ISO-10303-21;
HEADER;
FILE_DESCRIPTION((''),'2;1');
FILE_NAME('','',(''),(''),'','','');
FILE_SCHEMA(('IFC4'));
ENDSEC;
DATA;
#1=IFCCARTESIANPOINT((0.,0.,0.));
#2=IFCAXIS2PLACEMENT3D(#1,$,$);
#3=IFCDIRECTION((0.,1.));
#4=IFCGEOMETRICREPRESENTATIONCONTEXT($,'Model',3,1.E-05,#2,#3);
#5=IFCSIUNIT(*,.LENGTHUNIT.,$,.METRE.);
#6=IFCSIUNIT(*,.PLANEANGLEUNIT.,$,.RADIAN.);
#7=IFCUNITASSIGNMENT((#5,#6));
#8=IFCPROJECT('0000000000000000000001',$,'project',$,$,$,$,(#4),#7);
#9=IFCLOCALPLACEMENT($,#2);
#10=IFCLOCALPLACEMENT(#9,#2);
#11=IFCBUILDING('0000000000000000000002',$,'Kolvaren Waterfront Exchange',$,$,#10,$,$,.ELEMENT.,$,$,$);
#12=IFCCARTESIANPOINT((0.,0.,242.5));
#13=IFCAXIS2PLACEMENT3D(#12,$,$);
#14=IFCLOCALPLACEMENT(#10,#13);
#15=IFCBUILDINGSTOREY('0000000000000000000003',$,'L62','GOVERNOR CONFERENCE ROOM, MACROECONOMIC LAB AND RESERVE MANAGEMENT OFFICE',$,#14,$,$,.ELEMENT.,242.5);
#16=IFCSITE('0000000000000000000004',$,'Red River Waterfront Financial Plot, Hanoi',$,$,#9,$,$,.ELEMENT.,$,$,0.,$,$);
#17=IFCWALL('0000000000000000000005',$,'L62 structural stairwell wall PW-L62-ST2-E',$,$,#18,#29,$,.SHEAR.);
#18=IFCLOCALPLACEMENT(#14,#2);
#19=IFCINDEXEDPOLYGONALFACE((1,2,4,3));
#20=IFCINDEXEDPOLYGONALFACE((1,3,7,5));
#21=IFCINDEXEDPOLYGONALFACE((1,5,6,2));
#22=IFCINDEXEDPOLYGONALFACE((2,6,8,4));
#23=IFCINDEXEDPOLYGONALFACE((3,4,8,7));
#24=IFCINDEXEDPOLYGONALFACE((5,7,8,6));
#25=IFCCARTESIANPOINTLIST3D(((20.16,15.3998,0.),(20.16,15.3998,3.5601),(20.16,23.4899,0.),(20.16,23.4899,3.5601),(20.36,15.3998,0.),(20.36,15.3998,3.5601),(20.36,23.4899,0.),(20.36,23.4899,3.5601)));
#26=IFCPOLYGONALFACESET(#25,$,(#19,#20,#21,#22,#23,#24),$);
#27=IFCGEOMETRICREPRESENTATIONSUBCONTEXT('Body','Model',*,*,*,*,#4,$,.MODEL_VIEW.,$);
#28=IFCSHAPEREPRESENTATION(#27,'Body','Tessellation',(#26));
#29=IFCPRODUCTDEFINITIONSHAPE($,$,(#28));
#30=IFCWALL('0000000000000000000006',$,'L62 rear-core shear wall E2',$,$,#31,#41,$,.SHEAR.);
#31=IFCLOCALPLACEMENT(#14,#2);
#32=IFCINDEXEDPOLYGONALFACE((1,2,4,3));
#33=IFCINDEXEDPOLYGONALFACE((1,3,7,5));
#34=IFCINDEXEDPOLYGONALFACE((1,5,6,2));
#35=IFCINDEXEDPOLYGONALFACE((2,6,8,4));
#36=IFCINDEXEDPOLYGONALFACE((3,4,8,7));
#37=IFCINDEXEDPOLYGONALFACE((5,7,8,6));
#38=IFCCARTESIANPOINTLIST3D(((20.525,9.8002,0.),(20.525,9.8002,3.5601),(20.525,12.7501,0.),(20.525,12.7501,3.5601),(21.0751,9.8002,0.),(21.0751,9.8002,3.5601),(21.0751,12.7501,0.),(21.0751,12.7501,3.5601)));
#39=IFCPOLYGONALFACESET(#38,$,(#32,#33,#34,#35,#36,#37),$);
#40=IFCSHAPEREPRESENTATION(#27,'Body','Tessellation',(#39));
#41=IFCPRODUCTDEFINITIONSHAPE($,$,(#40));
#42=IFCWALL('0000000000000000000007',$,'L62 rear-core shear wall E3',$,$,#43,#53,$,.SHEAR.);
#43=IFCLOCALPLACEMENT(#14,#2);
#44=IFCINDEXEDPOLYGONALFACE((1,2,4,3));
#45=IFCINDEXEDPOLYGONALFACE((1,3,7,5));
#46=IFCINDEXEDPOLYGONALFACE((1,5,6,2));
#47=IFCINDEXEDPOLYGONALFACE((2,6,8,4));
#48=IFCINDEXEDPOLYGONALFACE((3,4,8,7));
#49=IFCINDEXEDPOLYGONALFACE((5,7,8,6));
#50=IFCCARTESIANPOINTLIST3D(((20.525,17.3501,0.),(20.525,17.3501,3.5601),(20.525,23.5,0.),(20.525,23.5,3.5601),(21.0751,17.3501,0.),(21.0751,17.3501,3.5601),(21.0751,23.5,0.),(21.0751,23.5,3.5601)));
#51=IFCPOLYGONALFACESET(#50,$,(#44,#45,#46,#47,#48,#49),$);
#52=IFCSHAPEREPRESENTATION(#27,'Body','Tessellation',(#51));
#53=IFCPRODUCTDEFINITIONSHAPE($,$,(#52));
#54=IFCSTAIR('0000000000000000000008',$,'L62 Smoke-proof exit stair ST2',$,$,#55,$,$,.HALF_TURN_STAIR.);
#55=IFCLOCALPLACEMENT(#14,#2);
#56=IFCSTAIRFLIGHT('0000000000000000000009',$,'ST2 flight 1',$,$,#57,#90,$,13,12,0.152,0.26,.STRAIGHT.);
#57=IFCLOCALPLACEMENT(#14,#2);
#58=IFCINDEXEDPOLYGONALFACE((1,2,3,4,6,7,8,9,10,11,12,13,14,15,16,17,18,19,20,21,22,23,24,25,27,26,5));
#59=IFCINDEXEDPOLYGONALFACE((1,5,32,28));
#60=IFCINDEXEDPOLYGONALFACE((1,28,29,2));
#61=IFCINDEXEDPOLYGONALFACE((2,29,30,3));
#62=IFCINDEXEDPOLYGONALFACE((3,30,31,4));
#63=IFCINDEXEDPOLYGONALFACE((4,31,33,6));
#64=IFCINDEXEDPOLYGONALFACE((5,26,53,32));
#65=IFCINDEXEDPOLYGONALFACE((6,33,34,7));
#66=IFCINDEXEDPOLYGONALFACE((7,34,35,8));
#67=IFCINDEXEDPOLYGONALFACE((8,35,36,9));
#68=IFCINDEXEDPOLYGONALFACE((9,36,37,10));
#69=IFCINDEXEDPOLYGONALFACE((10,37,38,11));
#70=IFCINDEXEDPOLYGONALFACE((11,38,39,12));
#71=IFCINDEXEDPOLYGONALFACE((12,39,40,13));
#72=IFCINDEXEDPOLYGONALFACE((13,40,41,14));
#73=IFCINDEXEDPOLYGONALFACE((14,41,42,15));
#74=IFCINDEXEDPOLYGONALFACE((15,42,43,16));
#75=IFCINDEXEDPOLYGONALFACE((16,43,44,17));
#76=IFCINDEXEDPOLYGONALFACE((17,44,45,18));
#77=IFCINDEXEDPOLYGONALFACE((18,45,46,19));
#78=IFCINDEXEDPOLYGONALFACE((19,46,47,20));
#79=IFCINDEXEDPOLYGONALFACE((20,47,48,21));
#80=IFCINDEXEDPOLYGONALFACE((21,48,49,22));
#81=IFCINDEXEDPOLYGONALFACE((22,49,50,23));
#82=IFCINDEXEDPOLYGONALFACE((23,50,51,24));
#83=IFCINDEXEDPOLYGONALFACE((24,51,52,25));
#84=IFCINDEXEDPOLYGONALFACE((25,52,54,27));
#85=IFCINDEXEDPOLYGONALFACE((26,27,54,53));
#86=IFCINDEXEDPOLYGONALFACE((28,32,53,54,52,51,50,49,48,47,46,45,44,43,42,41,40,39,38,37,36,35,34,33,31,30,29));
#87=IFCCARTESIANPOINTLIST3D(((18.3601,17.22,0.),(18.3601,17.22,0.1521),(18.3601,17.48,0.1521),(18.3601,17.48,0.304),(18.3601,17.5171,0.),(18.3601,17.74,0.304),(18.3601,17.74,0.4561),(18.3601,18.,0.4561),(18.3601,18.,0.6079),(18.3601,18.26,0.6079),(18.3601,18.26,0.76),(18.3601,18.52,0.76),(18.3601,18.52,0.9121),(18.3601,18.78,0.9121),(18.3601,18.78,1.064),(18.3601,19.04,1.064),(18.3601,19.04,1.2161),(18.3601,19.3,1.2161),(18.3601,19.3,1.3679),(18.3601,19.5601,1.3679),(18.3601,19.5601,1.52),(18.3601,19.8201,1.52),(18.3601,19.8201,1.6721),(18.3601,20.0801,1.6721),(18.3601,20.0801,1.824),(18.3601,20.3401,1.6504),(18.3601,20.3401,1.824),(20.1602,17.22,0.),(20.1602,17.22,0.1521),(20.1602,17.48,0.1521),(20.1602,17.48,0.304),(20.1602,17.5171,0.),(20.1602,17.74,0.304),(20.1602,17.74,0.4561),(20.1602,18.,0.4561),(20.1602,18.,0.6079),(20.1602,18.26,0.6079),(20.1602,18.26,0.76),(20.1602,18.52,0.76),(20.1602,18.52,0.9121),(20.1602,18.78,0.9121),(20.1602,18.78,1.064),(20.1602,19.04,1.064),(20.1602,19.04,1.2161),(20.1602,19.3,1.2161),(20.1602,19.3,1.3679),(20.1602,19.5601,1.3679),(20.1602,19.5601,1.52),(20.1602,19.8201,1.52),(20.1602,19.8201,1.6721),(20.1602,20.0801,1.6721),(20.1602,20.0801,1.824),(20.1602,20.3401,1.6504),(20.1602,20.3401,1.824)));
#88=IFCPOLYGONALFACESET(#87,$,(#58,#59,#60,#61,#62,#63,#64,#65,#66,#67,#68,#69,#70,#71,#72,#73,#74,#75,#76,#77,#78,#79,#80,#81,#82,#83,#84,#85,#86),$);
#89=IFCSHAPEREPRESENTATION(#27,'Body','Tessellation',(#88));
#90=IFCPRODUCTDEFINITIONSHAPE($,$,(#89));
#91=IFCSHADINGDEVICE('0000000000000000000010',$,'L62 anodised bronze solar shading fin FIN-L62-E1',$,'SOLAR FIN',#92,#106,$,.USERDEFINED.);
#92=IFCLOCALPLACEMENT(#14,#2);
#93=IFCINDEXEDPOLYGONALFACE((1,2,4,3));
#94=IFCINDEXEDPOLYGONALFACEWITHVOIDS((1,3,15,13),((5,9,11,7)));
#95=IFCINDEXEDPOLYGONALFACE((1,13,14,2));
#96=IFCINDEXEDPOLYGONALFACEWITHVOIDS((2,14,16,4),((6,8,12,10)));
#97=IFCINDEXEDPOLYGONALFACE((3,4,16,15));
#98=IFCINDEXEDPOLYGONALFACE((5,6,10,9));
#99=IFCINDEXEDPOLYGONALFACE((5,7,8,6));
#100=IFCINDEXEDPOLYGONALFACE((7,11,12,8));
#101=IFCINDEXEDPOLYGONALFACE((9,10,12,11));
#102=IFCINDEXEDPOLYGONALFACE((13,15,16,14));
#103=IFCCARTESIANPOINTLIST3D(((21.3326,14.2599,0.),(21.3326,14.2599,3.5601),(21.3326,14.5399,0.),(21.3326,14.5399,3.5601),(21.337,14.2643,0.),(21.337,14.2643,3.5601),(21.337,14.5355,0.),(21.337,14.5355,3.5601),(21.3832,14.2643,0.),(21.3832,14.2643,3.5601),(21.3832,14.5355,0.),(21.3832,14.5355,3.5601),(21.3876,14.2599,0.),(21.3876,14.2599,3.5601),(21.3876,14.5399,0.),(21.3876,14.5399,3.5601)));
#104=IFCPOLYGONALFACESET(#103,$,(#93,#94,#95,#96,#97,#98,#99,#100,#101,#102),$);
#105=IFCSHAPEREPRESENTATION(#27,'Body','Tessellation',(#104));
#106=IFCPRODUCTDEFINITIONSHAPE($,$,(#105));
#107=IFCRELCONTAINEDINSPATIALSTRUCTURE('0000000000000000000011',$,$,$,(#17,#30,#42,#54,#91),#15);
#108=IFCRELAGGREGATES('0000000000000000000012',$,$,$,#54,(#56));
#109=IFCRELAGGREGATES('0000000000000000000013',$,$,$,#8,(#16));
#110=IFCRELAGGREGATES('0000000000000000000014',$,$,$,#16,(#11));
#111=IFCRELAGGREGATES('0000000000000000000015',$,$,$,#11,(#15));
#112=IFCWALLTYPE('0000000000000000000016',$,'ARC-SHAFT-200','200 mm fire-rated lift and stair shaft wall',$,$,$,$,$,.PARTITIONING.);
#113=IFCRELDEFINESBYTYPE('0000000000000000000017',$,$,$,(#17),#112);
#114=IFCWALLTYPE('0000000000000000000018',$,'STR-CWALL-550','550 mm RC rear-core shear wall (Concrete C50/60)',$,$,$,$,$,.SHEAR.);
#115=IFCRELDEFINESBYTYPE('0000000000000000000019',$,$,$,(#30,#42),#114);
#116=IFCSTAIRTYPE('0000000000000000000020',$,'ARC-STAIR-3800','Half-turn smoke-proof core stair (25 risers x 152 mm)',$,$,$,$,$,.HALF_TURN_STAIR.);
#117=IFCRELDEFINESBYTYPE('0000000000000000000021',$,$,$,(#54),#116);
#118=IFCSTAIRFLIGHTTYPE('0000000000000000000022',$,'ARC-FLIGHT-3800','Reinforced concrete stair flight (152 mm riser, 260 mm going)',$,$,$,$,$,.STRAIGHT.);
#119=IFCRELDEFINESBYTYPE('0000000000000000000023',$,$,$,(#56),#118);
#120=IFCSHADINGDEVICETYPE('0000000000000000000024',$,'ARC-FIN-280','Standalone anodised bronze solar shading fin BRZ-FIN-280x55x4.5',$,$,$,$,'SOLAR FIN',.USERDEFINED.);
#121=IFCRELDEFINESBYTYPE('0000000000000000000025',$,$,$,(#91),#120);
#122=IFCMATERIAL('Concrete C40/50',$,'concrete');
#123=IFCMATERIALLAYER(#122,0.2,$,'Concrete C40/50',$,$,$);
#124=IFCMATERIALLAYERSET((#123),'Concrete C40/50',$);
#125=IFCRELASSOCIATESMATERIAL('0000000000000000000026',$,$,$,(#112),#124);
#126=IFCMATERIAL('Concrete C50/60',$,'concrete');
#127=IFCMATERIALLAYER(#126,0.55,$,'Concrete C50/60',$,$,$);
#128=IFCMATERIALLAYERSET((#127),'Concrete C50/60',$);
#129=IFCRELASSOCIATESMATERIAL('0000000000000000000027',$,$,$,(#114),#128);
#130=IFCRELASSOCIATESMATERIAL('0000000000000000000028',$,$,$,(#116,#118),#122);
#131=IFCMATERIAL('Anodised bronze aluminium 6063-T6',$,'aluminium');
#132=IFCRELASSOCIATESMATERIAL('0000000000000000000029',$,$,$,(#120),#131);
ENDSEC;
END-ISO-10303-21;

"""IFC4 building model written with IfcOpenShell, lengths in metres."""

from ifc_helpers import new_model, si_unit, direction, frame, frame_2d, origin, origin_2d, place, context, subcontext, project, spatial, polyline, rectangle, hollow_rectangle, outline, extrude, material, layer, layer_set, material_profile, profile_set, type_object, element, aggregate, save


model = new_model("IFC4")

# Units and contexts
model_context = context("Model", 3, precision=1e-05, world=origin(), true_north=direction((0.0, 1.0)))
body_context = subcontext(model_context, "Body", "Model", "MODEL_VIEW")
ifc_project = project(units=[si_unit("LENGTHUNIT", "METRE"), si_unit("PLANEANGLEUNIT", "RADIAN")], contexts=[model_context])

# Site, building, storey
site_placement = place(None, origin())
site = spatial("IfcSite", under=ifc_project, at=site_placement, Name="Red River Waterfront Financial Plot, Hanoi", CompositionType="ELEMENT", RefElevation=0.0)
building_placement = place(site_placement, origin())
building = spatial("IfcBuilding", under=site, at=building_placement, Name="Kolvaren Waterfront Exchange", CompositionType="ELEMENT")
storey_placement = place(building_placement, frame((0.0, 0.0, 242.5)))
storey = spatial("IfcBuildingStorey", under=building, at=storey_placement, Name="L62", Description="GOVERNOR CONFERENCE ROOM, MACROECONOMIC LAB AND RESERVE MANAGEMENT OFFICE", CompositionType="ELEMENT", Elevation=242.5)

# Shared definitions
ifc_material_1 = material(Name="Concrete C50/60", Category="concrete")

# Walls
ifc_material_2 = material(Name="Concrete C40/50", Category="concrete")
ifc_layer_1 = layer(ifc_material_2, 0.2, Name="Concrete C40/50")
ifc_layer_set_1 = layer_set([ifc_layer_1], Name="Concrete C40/50")
wall_type_1 = type_object("IfcWallType", Name="ARC-SHAFT-200", Description="200 mm fire-rated lift and stair shaft wall", PredefinedType="PARTITIONING", material=ifc_layer_set_1)
wall_1_placement = place(storey_placement, frame((20.26, 15.3999, 0.0), z_axis=(0.0, 0.0, 1.0), x_axis=(0.0, 1.0, 0.0)))
element("IfcWall", 1, at=wall_1_placement, inside=storey, type_object=wall_type_1, Name="L62 structural stairwell wall PW-L62-ST2-E", PredefinedType="SHEAR", context=body_context, shape_type="SweptSolid", body=[
    extrude(rectangle(XDim=8.0901, YDim=0.2, at=frame_2d((4.0449, 0.0))), origin(), (0.0, 0.0, 1.0), 3.5601),
])
ifc_layer_2 = layer(ifc_material_1, 0.55, Name="Concrete C50/60")
ifc_layer_set_2 = layer_set([ifc_layer_2], Name="Concrete C50/60")
wall_type_2 = type_object("IfcWallType", Name="STR-CWALL-550", Description="550 mm RC rear-core shear wall (Concrete C50/60)", PredefinedType="SHEAR", material=ifc_layer_set_2)
wall_2_placement = place(storey_placement, frame((20.8, 9.8, 0.0), z_axis=(0.0, 0.0, 1.0), x_axis=(0.0, 1.0, 0.0)))
element("IfcWall", 2, at=wall_2_placement, inside=storey, type_object=wall_type_2, Name="L62 rear-core shear wall E2", PredefinedType="SHEAR", context=body_context, shape_type="SweptSolid", body=[
    extrude(rectangle(XDim=2.95, YDim=0.55, at=frame_2d((1.4751, 0.0))), origin(), (0.0, 0.0, 1.0), 3.5601),
])
wall_3_placement = place(storey_placement, frame((20.8, 17.3501, 0.0), z_axis=(0.0, 0.0, 1.0), x_axis=(0.0, 1.0, 0.0)))
element("IfcWall", 3, at=wall_3_placement, inside=storey, type_object=wall_type_2, Name="L62 rear-core shear wall E3", PredefinedType="SHEAR", context=body_context, shape_type="SweptSolid", body=[
    extrude(rectangle(XDim=6.1499, YDim=0.55, at=frame_2d((3.075, 0.0))), origin(), (0.0, 0.0, 1.0), 3.5601),
])

# Stair, stair flight
stair_type = type_object("IfcStairType", Name="ARC-STAIR-3800", Description="Half-turn smoke-proof core stair (25 risers x 152 mm)", PredefinedType="HALF_TURN_STAIR", material=ifc_material_2)
stair_placement = place(storey_placement, origin())
stair = element("IfcStair", 4, at=stair_placement, inside=storey, type_object=stair_type, Name="L62 Smoke-proof exit stair ST2", PredefinedType="HALF_TURN_STAIR")
stair_flight_type = type_object("IfcStairFlightType", Name="ARC-FLIGHT-3800", Description="Reinforced concrete stair flight (152 mm riser, 260 mm going)", PredefinedType="STRAIGHT", material=ifc_material_2)
stair_flight_placement = place(storey_placement, frame((19.26, 17.22, 0.0), z_axis=(0.0, 0.0, 1.0), x_axis=(0.0, 1.0, 0.0)))
stair_flight = element("IfcStairFlight", 5, at=stair_flight_placement, type_object=stair_flight_type, Name="ST2 flight 1", NumberOfRisers=13, NumberOfTreads=12, PredefinedType="STRAIGHT", RiserHeight=0.152, TreadLength=0.26, context=body_context, shape_type="SweptSolid", body=[
    extrude(outline(polyline([(0.0, 0.0), (0.0, 0.1521), (0.26, 0.1521), (0.26, 0.304), (0.52, 0.304), (0.52, 0.4561), (0.78, 0.4561), (0.78, 0.6079), (1.04, 0.6079), (1.04, 0.76), (1.3, 0.76), (1.3, 0.9121), (1.5601, 0.9121), (1.5601, 1.064), (1.8201, 1.064), (1.8201, 1.2161), (2.0801, 1.2161), (2.0801, 1.3679), (2.3401, 1.3679), (2.3401, 1.52), (2.6001, 1.52), (2.6001, 1.6721), (2.8601, 1.6721), (2.8601, 1.824), (3.1201, 1.824), (3.1201, 1.9761), (3.1201, 1.6504), (0.2971, 0.0), (0.0, 0.0)])), frame((0.0, 0.8999, 0.0), z_axis=(0.0, -1.0, 0.0), x_axis=(1.0, 0.0, 0.0)), (0.0, 0.0, 1.0), 1.8),
])
aggregate(stair, [stair_flight])

# Shading device
ifc_material_3 = material(Name="Anodised bronze aluminium 6063-T6", Category="aluminium")
ifc_material_profile_1 = material_profile(ifc_material_3, hollow_rectangle(XDim=0.0549, YDim=0.28, WallThickness=0.0044, at=origin_2d()), Name="BRZ-FIN-280x55x4.5")
ifc_profile_set_1 = profile_set([ifc_material_profile_1], Name="Anodised bronze aluminium 6063-T6")
shading_device_type = type_object("IfcShadingDeviceType", Name="ARC-FIN-280", Description="Standalone anodised bronze solar shading fin BRZ-FIN-280x55x4.5", ElementType="SOLAR FIN", PredefinedType="USERDEFINED", material=ifc_profile_set_1)
shading_device_placement = place(storey_placement, frame((21.3601, 14.3999, 0.0), z_axis=(0.0, 0.0, 1.0), x_axis=(1.0, 0.0, 0.0)))
element("IfcShadingDevice", 6, at=shading_device_placement, inside=storey, type_object=shading_device_type, Name="L62 anodised bronze solar shading fin FIN-L62-E1", ObjectType="SOLAR FIN", PredefinedType="USERDEFINED", context=body_context, shape_type="SweptSolid", body=[
    extrude(hollow_rectangle(XDim=0.0549, YDim=0.28, WallThickness=0.0044, at=origin_2d()), origin(), (0.0, 0.0, 1.0), 3.5601),
])

save(model, "model.ifc")
